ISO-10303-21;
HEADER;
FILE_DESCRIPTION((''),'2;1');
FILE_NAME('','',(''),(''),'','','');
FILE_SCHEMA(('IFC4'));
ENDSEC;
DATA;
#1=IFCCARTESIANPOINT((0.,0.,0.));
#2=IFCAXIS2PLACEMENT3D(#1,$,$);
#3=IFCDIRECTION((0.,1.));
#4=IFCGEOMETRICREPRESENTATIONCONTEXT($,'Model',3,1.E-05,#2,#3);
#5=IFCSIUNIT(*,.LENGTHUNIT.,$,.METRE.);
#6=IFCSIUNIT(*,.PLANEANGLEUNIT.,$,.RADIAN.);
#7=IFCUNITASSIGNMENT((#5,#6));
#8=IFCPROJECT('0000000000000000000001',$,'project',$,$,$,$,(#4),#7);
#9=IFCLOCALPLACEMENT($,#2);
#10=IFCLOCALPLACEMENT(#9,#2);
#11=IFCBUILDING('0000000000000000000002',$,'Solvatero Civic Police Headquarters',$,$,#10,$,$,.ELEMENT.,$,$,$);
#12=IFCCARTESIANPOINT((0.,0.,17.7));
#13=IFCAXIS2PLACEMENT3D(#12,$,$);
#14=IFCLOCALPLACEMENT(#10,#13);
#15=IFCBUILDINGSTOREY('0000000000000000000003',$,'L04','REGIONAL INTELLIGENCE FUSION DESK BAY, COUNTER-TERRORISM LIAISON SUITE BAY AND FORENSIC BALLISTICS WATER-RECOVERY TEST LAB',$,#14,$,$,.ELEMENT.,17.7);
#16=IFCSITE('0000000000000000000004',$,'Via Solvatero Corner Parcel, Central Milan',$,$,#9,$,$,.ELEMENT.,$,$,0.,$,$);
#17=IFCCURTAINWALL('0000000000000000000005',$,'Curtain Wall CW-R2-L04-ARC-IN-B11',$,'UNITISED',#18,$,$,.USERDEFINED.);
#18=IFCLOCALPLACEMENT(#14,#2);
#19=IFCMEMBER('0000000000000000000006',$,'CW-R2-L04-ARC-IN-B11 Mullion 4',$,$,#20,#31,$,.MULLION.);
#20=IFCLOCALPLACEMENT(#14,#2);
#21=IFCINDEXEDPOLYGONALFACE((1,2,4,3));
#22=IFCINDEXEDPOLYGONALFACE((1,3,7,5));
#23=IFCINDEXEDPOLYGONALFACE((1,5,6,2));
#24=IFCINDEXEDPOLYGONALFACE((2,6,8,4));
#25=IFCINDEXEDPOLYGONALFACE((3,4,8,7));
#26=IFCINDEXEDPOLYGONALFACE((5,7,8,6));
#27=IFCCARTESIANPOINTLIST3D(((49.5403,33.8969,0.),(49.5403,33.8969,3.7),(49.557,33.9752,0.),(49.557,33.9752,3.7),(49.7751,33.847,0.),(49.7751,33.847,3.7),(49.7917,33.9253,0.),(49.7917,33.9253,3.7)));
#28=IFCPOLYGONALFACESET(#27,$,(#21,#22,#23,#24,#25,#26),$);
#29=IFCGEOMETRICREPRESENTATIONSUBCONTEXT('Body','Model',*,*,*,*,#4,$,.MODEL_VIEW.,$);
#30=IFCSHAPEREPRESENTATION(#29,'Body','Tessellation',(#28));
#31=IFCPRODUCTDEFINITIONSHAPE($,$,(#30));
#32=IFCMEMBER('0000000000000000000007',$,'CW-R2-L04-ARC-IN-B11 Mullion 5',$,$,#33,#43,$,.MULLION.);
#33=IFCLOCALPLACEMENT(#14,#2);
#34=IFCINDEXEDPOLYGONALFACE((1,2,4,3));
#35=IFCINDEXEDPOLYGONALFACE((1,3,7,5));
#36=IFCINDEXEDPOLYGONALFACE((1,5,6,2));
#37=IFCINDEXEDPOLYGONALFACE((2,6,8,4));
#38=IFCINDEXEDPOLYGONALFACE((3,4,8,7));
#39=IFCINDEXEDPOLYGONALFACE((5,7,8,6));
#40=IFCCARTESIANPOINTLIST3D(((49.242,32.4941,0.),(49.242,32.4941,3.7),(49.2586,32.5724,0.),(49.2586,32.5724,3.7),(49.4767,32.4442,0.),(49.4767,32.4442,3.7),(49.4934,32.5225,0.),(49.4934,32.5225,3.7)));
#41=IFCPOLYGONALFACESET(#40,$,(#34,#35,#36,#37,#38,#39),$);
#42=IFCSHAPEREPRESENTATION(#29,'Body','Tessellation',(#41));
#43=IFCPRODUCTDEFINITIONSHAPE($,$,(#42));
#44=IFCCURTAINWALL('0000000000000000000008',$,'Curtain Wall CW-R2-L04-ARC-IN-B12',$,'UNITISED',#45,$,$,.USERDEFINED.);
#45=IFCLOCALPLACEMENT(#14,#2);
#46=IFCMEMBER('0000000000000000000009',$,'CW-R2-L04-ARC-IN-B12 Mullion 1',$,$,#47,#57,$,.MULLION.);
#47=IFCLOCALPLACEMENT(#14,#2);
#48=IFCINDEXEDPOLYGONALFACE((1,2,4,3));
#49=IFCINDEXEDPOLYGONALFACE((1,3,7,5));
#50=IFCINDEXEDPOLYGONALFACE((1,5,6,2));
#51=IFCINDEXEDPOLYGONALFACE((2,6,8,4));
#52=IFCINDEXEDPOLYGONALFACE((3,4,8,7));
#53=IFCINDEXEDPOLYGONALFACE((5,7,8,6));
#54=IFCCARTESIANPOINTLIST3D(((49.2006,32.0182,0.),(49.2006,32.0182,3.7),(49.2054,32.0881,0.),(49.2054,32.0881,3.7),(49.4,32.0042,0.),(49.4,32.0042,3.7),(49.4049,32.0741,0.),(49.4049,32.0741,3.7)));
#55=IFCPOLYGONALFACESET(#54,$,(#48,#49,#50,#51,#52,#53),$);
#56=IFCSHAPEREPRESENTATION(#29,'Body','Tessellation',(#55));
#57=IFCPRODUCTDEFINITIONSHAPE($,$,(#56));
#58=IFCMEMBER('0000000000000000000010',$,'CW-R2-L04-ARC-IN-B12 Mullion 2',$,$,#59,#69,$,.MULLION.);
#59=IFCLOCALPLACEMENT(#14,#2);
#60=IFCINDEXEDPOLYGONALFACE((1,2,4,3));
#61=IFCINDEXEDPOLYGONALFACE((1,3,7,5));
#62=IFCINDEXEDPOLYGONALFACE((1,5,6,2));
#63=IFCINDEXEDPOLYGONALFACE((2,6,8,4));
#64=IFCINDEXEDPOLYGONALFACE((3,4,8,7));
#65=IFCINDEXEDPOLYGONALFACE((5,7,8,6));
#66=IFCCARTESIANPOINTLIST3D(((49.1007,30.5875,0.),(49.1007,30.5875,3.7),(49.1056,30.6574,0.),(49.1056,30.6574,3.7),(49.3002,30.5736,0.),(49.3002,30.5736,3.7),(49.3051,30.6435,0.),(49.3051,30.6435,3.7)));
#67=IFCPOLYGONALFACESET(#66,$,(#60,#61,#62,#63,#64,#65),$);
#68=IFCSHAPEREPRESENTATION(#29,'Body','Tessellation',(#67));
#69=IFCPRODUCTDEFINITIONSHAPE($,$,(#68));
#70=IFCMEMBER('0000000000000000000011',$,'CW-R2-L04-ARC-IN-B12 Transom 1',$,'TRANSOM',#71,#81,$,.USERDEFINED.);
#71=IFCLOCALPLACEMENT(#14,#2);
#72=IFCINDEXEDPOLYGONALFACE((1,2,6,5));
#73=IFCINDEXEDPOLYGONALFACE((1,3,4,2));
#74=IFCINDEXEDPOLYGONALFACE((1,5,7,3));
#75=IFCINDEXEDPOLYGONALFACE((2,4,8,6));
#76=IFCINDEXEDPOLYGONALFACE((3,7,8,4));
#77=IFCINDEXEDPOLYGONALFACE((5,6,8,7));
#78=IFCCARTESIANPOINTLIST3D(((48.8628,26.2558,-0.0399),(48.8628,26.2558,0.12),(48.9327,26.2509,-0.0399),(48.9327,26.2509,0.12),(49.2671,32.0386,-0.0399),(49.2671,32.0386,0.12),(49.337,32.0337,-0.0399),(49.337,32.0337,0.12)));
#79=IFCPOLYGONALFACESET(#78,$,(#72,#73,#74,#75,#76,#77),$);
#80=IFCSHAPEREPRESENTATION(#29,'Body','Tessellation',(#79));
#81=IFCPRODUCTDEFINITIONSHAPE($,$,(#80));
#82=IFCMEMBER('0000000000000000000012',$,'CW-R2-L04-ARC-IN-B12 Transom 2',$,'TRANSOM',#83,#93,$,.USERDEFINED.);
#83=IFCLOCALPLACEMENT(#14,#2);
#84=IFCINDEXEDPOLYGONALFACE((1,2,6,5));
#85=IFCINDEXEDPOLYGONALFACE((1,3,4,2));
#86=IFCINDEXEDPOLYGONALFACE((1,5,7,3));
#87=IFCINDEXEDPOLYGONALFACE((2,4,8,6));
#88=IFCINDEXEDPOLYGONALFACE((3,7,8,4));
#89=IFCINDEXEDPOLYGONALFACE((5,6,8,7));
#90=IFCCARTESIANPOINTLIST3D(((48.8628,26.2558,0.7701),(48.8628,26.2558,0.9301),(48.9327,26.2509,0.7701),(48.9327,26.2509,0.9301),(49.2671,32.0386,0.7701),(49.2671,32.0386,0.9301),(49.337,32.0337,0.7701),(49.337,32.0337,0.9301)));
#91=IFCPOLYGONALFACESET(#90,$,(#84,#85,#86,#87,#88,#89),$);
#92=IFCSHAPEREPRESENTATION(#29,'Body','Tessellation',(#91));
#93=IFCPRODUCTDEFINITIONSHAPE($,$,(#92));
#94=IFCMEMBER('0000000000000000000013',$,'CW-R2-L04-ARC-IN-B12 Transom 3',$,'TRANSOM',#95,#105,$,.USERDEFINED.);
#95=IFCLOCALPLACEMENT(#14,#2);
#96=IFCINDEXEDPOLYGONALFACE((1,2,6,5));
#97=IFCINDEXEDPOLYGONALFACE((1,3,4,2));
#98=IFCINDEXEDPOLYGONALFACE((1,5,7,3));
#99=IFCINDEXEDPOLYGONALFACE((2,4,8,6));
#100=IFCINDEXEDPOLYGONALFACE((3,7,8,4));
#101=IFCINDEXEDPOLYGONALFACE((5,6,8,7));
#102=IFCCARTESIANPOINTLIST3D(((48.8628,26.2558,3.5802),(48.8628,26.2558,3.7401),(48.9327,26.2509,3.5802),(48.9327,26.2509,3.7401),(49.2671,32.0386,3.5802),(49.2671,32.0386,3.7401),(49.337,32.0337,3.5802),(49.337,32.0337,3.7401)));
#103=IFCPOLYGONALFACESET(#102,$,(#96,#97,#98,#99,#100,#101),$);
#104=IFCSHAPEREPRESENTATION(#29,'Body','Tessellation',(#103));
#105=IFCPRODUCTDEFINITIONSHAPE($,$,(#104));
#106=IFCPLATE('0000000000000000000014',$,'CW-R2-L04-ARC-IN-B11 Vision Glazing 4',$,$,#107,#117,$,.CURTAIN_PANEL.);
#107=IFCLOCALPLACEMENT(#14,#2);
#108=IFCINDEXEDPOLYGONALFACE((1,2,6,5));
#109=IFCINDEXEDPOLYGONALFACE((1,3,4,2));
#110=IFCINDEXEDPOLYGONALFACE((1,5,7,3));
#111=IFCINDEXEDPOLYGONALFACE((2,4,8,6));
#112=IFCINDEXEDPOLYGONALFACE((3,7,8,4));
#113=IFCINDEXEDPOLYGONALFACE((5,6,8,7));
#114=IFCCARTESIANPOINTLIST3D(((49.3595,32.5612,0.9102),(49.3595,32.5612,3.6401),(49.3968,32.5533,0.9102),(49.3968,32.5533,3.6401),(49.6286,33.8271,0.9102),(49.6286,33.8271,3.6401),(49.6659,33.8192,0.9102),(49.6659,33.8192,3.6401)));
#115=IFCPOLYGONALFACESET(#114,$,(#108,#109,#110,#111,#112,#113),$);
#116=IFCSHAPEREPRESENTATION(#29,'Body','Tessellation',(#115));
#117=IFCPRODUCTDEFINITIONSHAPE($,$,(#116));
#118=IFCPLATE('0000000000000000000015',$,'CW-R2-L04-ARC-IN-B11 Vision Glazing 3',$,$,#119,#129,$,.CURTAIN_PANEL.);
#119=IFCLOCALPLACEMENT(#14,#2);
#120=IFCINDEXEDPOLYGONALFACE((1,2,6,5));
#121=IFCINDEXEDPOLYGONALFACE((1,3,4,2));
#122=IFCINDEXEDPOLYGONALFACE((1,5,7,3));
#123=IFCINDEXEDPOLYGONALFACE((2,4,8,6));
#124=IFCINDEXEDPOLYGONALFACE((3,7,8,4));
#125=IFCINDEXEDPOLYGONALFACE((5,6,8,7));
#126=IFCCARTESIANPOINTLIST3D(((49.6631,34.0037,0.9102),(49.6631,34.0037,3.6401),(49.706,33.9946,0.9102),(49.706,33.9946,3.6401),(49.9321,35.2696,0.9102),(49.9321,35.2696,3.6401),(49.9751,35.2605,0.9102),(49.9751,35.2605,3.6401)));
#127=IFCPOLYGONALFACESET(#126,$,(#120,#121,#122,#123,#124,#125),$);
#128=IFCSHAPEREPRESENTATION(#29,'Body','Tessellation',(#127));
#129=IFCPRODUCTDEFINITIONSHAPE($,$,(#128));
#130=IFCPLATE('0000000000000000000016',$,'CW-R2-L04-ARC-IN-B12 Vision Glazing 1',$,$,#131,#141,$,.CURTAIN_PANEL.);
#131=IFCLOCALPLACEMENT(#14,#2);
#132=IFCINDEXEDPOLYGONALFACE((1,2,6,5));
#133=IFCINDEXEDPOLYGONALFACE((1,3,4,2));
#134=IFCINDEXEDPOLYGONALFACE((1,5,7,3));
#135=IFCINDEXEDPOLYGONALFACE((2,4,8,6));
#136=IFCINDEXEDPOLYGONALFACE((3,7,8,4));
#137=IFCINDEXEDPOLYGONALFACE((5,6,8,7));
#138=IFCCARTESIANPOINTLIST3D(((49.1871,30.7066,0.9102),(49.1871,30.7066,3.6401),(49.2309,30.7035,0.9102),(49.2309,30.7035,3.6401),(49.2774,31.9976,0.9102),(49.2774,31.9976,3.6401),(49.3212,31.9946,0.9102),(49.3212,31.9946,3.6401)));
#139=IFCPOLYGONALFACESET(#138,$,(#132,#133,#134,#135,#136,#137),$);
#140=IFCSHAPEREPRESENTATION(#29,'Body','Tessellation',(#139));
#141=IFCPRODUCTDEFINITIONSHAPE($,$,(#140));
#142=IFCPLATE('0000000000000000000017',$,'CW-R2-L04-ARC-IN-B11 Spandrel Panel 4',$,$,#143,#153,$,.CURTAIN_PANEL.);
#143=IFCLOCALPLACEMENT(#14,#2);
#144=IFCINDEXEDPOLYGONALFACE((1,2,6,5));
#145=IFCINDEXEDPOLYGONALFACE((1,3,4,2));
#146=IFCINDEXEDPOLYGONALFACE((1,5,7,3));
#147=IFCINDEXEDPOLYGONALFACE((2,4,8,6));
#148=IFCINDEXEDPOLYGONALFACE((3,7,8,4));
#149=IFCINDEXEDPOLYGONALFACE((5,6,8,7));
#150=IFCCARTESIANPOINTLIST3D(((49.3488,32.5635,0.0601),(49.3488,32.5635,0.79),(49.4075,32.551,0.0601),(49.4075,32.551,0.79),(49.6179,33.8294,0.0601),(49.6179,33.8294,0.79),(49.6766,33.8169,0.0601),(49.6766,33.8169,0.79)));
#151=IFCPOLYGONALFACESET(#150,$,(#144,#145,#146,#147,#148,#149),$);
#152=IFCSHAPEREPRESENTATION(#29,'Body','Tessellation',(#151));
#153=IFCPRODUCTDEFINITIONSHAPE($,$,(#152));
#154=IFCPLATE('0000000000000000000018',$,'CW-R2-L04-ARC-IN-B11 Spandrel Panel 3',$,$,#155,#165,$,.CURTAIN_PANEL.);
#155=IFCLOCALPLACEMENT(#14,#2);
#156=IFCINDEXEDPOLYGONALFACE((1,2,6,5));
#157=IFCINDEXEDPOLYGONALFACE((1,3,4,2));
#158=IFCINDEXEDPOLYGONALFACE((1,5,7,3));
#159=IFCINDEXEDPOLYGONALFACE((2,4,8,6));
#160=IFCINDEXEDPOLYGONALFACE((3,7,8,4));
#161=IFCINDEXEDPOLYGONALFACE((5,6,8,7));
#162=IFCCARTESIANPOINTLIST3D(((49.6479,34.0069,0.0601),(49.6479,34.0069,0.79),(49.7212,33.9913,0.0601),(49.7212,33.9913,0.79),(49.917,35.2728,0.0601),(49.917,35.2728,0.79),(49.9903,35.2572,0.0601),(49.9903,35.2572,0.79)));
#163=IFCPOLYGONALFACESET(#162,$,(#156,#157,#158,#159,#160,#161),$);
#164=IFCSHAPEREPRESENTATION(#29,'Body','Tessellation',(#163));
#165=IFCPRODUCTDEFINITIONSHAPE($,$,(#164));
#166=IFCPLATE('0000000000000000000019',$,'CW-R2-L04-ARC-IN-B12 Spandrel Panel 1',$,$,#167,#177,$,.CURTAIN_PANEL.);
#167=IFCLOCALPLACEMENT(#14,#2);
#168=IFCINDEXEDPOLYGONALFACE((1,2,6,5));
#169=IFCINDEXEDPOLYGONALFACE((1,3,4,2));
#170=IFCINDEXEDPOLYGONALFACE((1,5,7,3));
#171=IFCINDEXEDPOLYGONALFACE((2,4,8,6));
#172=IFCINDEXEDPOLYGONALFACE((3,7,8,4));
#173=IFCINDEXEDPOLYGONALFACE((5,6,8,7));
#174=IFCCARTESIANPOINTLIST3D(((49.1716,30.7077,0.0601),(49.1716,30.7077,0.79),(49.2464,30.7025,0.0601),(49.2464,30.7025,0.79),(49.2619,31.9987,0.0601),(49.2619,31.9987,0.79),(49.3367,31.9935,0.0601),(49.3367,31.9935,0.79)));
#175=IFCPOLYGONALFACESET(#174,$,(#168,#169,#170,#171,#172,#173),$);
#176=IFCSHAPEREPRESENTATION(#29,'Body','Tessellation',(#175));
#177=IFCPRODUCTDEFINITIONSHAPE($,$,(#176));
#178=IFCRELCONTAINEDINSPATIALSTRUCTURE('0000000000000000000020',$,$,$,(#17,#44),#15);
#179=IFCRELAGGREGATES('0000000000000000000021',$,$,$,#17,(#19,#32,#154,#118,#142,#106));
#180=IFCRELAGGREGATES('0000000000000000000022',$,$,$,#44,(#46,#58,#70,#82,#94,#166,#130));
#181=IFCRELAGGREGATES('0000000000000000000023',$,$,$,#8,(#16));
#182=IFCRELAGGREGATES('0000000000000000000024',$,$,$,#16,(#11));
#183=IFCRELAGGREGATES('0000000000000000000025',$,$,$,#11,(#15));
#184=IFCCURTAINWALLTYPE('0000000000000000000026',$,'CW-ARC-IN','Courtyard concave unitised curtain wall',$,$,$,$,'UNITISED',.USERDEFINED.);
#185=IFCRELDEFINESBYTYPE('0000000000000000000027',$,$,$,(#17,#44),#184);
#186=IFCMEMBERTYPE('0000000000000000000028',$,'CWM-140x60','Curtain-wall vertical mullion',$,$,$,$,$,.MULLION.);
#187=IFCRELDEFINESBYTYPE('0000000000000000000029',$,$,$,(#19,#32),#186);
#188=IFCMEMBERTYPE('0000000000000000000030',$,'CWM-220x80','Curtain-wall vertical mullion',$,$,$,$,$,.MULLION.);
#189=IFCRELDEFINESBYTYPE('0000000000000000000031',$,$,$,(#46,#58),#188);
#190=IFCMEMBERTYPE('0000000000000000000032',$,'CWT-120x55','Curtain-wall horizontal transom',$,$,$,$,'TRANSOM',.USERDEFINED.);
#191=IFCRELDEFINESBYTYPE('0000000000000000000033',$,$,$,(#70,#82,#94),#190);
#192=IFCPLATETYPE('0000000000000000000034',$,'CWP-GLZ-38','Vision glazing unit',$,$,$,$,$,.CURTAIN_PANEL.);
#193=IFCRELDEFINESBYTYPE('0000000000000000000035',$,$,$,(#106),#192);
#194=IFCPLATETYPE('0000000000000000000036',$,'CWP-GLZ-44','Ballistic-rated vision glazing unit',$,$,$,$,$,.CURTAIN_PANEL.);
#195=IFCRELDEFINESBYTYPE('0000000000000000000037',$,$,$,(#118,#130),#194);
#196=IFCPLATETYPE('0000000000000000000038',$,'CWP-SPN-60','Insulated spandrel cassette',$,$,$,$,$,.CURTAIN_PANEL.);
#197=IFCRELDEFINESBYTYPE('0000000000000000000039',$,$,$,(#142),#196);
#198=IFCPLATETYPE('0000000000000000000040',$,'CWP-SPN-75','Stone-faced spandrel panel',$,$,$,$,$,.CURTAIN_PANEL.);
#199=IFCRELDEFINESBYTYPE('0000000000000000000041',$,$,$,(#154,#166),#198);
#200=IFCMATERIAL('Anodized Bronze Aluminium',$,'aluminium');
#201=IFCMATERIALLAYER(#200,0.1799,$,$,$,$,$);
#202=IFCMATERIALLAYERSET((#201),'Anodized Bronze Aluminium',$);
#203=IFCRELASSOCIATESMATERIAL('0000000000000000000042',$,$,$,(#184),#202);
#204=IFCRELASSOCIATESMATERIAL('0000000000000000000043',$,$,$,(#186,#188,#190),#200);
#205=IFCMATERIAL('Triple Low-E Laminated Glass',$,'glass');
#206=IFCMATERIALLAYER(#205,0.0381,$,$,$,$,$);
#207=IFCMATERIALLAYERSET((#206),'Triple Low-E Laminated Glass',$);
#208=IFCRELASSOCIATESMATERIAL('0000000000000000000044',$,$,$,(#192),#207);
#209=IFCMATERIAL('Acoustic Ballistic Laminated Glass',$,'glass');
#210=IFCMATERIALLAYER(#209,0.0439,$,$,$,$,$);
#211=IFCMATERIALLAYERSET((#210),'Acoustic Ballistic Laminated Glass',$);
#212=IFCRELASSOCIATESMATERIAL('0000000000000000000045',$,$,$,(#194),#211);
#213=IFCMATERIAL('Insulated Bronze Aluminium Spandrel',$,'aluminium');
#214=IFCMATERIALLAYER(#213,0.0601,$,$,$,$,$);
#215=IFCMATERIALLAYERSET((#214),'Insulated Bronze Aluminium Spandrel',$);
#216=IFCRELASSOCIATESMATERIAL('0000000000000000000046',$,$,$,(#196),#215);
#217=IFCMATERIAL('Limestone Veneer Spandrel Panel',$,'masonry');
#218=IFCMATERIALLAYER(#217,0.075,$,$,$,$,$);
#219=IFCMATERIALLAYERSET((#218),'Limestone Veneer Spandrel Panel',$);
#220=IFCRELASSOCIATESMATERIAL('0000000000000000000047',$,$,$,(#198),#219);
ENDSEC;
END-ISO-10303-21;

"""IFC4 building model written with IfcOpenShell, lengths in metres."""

from ifc_helpers import new_model, si_unit, direction, frame, origin, origin_2d, place, context, subcontext, project, spatial, rectangle, extrude, material, layer, layer_set, material_profile, profile_set, type_object, element, aggregate, save


model = new_model("IFC4")

# Units and contexts
model_context = context("Model", 3, precision=1e-05, world=origin(), true_north=direction((0.0, 1.0)))
body_context = subcontext(model_context, "Body", "Model", "MODEL_VIEW")
ifc_project = project(units=[si_unit("LENGTHUNIT", "METRE"), si_unit("PLANEANGLEUNIT", "RADIAN")], contexts=[model_context])

# Site, building, storey
site_placement = place(None, origin())
site = spatial("IfcSite", under=ifc_project, at=site_placement, Name="Via Solvatero Corner Parcel, Central Milan", CompositionType="ELEMENT", RefElevation=0.0)
building_placement = place(site_placement, origin())
building = spatial("IfcBuilding", under=site, at=building_placement, Name="Solvatero Civic Police Headquarters", CompositionType="ELEMENT")
storey_placement = place(building_placement, frame((0.0, 0.0, 17.7)))
storey = spatial("IfcBuildingStorey", under=building, at=storey_placement, Name="L04", Description="REGIONAL INTELLIGENCE FUSION DESK BAY, COUNTER-TERRORISM LIAISON SUITE BAY AND FORENSIC BALLISTICS WATER-RECOVERY TEST LAB", CompositionType="ELEMENT", Elevation=17.7)

# Curtain walls, members
ifc_material_1 = material(Name="Anodized Bronze Aluminium", Category="aluminium")
ifc_layer_1 = layer(ifc_material_1, 0.1799)
ifc_layer_set_1 = layer_set([ifc_layer_1], Name="Anodized Bronze Aluminium")
curtain_wall_type = type_object("IfcCurtainWallType", Name="CW-ARC-IN", Description="Courtyard concave unitised curtain wall", ElementType="UNITISED", PredefinedType="USERDEFINED", material=ifc_layer_set_1)
curtain_wall_1_placement = place(storey_placement, origin())
curtain_wall_1 = element("IfcCurtainWall", 1, at=curtain_wall_1_placement, inside=storey, type_object=curtain_wall_type, Name="Curtain Wall CW-R2-L04-ARC-IN-B11", ObjectType="UNITISED", PredefinedType="USERDEFINED")
ifc_material_profile_1 = material_profile(ifc_material_1, rectangle(XDim=0.0801, YDim=0.24, at=origin_2d()), Name="ALU MULLION 80x240")
ifc_profile_set_1 = profile_set([ifc_material_profile_1], Name="Anodized Bronze Aluminium")
member_type_1 = type_object("IfcMemberType", Name="CWM-140x60", Description="Curtain-wall vertical mullion", PredefinedType="MULLION", material=ifc_profile_set_1)
member_1_placement = place(storey_placement, frame((49.666, 33.9111, 0.0), z_axis=(0.0, 0.0, 1.0), x_axis=(-0.207912, -0.978148, 0.0)))
member_1 = element("IfcMember", 2, at=member_1_placement, type_object=member_type_1, Name="CW-R2-L04-ARC-IN-B11 Mullion 4", PredefinedType="MULLION", context=body_context, shape_type="SweptSolid", body=[
    extrude(rectangle(XDim=0.0801, YDim=0.24, at=origin_2d()), origin(), (0.0, 0.0, 1.0), 3.7),
])
member_2_placement = place(storey_placement, frame((49.3677, 32.5083, 0.0), z_axis=(0.0, 0.0, 1.0), x_axis=(-0.207912, -0.978148, 0.0)))
member_2 = element("IfcMember", 3, at=member_2_placement, type_object=member_type_1, Name="CW-R2-L04-ARC-IN-B11 Mullion 5", PredefinedType="MULLION", context=body_context, shape_type="SweptSolid", body=[
    extrude(rectangle(XDim=0.0801, YDim=0.24, at=origin_2d()), origin(), (0.0, 0.0, 1.0), 3.7),
])
curtain_wall_2_placement = place(storey_placement, origin())
curtain_wall_2 = element("IfcCurtainWall", 4, at=curtain_wall_2_placement, inside=storey, type_object=curtain_wall_type, Name="Curtain Wall CW-R2-L04-ARC-IN-B12", ObjectType="UNITISED", PredefinedType="USERDEFINED")
ifc_material_profile_2 = material_profile(ifc_material_1, rectangle(XDim=0.0701, YDim=0.2, at=origin_2d()), Name="ALU MULLION 70x200")
ifc_profile_set_2 = profile_set([ifc_material_profile_2], Name="Anodized Bronze Aluminium")
member_type_2 = type_object("IfcMemberType", Name="CWM-220x80", Description="Curtain-wall vertical mullion", PredefinedType="MULLION", material=ifc_profile_set_2)
member_3_placement = place(storey_placement, frame((49.3027, 32.0461, 0.0), z_axis=(0.0, 0.0, 1.0), x_axis=(-0.069774, -0.997563, 0.0)))
member_3 = element("IfcMember", 5, at=member_3_placement, type_object=member_type_2, Name="CW-R2-L04-ARC-IN-B12 Mullion 1", PredefinedType="MULLION", context=body_context, shape_type="SweptSolid", body=[
    extrude(rectangle(XDim=0.0701, YDim=0.2, at=origin_2d()), origin(), (0.0, 0.0, 1.0), 3.7),
])
member_4_placement = place(storey_placement, frame((49.2029, 30.6155, 0.0), z_axis=(0.0, 0.0, 1.0), x_axis=(-0.069774, -0.997563, 0.0)))
member_4 = element("IfcMember", 6, at=member_4_placement, type_object=member_type_2, Name="CW-R2-L04-ARC-IN-B12 Mullion 2", PredefinedType="MULLION", context=body_context, shape_type="SweptSolid", body=[
    extrude(rectangle(XDim=0.0701, YDim=0.2, at=origin_2d()), origin(), (0.0, 0.0, 1.0), 3.7),
])
ifc_material_profile_3 = material_profile(ifc_material_1, rectangle(XDim=0.0701, YDim=0.1599, at=origin_2d()), Name="ALU TRANSOM 70x160")
ifc_profile_set_3 = profile_set([ifc_material_profile_3], Name="Anodized Bronze Aluminium")
member_type_3 = type_object("IfcMemberType", Name="CWT-120x55", Description="Curtain-wall horizontal transom", ElementType="TRANSOM", PredefinedType="USERDEFINED", material=ifc_profile_set_3)
member_5_placement = place(storey_placement, frame((49.302, 32.0361, 0.04), z_axis=(-0.069744, -0.997565, 0.0), x_axis=(0.997565, -0.069744, 0.0)))
member_5 = element("IfcMember", 7, at=member_5_placement, type_object=member_type_3, Name="CW-R2-L04-ARC-IN-B12 Transom 1", ObjectType="TRANSOM", PredefinedType="USERDEFINED", context=body_context, shape_type="SweptSolid", body=[
    extrude(rectangle(XDim=0.0701, YDim=0.1599, at=origin_2d()), origin(), (0.0, 0.0, 1.0), 5.7969),
])
member_6_placement = place(storey_placement, frame((49.302, 32.0361, 0.8501), z_axis=(-0.069744, -0.997565, 0.0), x_axis=(0.997565, -0.069744, 0.0)))
member_6 = element("IfcMember", 8, at=member_6_placement, type_object=member_type_3, Name="CW-R2-L04-ARC-IN-B12 Transom 2", ObjectType="TRANSOM", PredefinedType="USERDEFINED", context=body_context, shape_type="SweptSolid", body=[
    extrude(rectangle(XDim=0.0701, YDim=0.1599, at=origin_2d()), origin(), (0.0, 0.0, 1.0), 5.7969),
])
member_7_placement = place(storey_placement, frame((49.302, 32.0361, 3.6602), z_axis=(-0.069744, -0.997565, 0.0), x_axis=(0.997565, -0.069744, 0.0)))
member_7 = element("IfcMember", 9, at=member_7_placement, type_object=member_type_3, Name="CW-R2-L04-ARC-IN-B12 Transom 3", ObjectType="TRANSOM", PredefinedType="USERDEFINED", context=body_context, shape_type="SweptSolid", body=[
    extrude(rectangle(XDim=0.0701, YDim=0.1599, at=origin_2d()), origin(), (0.0, 0.0, 1.0), 5.7969),
])

# Plates
ifc_material_2 = material(Name="Triple Low-E Laminated Glass", Category="glass")
ifc_layer_2 = layer(ifc_material_2, 0.0381)
ifc_layer_set_2 = layer_set([ifc_layer_2], Name="Triple Low-E Laminated Glass")
plate_type_1 = type_object("IfcPlateType", Name="CWP-GLZ-38", Description="Vision glazing unit", PredefinedType="CURTAIN_PANEL", material=ifc_layer_set_2)
plate_1_placement = place(storey_placement, frame((49.5127, 33.1902, 0.9102), z_axis=(0.0, 0.0, 1.0), x_axis=(-0.207912, -0.978148, 0.0)))
plate_1 = element("IfcPlate", 10, at=plate_1_placement, type_object=plate_type_1, Name="CW-R2-L04-ARC-IN-B11 Vision Glazing 4", PredefinedType="CURTAIN_PANEL", context=body_context, shape_type="SweptSolid", body=[
    extrude(rectangle(XDim=1.2942, YDim=0.0381, at=origin_2d()), origin(), (0.0, 0.0, 1.0), 2.73),
])
ifc_material_3 = material(Name="Acoustic Ballistic Laminated Glass", Category="glass")
ifc_layer_3 = layer(ifc_material_3, 0.0439)
ifc_layer_set_3 = layer_set([ifc_layer_3], Name="Acoustic Ballistic Laminated Glass")
plate_type_2 = type_object("IfcPlateType", Name="CWP-GLZ-44", Description="Ballistic-rated vision glazing unit", PredefinedType="CURTAIN_PANEL", material=ifc_layer_set_3)
plate_2_placement = place(storey_placement, frame((49.8191, 34.6321, 0.9102), z_axis=(0.0, 0.0, 1.0), x_axis=(-0.207912, -0.978148, 0.0)))
plate_2 = element("IfcPlate", 11, at=plate_2_placement, type_object=plate_type_2, Name="CW-R2-L04-ARC-IN-B11 Vision Glazing 3", PredefinedType="CURTAIN_PANEL", context=body_context, shape_type="SweptSolid", body=[
    extrude(rectangle(XDim=1.2942, YDim=0.0439, at=origin_2d()), origin(), (0.0, 0.0, 1.0), 2.73),
])
plate_3_placement = place(storey_placement, frame((49.2542, 31.3506, 0.9102), z_axis=(0.0, 0.0, 1.0), x_axis=(-0.069774, -0.997563, 0.0)))
plate_3 = element("IfcPlate", 12, at=plate_3_placement, type_object=plate_type_2, Name="CW-R2-L04-ARC-IN-B12 Vision Glazing 1", PredefinedType="CURTAIN_PANEL", context=body_context, shape_type="SweptSolid", body=[
    extrude(rectangle(XDim=1.2942, YDim=0.0439, at=origin_2d()), origin(), (0.0, 0.0, 1.0), 2.73),
])
ifc_material_4 = material(Name="Insulated Bronze Aluminium Spandrel", Category="aluminium")
ifc_layer_4 = layer(ifc_material_4, 0.0601)
ifc_layer_set_4 = layer_set([ifc_layer_4], Name="Insulated Bronze Aluminium Spandrel")
plate_type_3 = type_object("IfcPlateType", Name="CWP-SPN-60", Description="Insulated spandrel cassette", PredefinedType="CURTAIN_PANEL", material=ifc_layer_set_4)
plate_4_placement = place(storey_placement, frame((49.5127, 33.1902, 0.0601), z_axis=(0.0, 0.0, 1.0), x_axis=(-0.207912, -0.978148, 0.0)))
plate_4 = element("IfcPlate", 13, at=plate_4_placement, type_object=plate_type_3, Name="CW-R2-L04-ARC-IN-B11 Spandrel Panel 4", PredefinedType="CURTAIN_PANEL", context=body_context, shape_type="SweptSolid", body=[
    extrude(rectangle(XDim=1.2942, YDim=0.0601, at=origin_2d()), origin(), (0.0, 0.0, 1.0), 0.73),
])
ifc_material_5 = material(Name="Limestone Veneer Spandrel Panel", Category="masonry")
ifc_layer_5 = layer(ifc_material_5, 0.075)
ifc_layer_set_5 = layer_set([ifc_layer_5], Name="Limestone Veneer Spandrel Panel")
plate_type_4 = type_object("IfcPlateType", Name="CWP-SPN-75", Description="Stone-faced spandrel panel", PredefinedType="CURTAIN_PANEL", material=ifc_layer_set_5)
plate_5_placement = place(storey_placement, frame((49.8191, 34.6321, 0.0601), z_axis=(0.0, 0.0, 1.0), x_axis=(-0.207912, -0.978148, 0.0)))
plate_5 = element("IfcPlate", 14, at=plate_5_placement, type_object=plate_type_4, Name="CW-R2-L04-ARC-IN-B11 Spandrel Panel 3", PredefinedType="CURTAIN_PANEL", context=body_context, shape_type="SweptSolid", body=[
    extrude(rectangle(XDim=1.2942, YDim=0.075, at=origin_2d()), origin(), (0.0, 0.0, 1.0), 0.73),
])
aggregate(curtain_wall_1, [member_1, member_2, plate_5, plate_2, plate_4, plate_1])
plate_6_placement = place(storey_placement, frame((49.2542, 31.3506, 0.0601), z_axis=(0.0, 0.0, 1.0), x_axis=(-0.069774, -0.997563, 0.0)))
plate_6 = element("IfcPlate", 15, at=plate_6_placement, type_object=plate_type_4, Name="CW-R2-L04-ARC-IN-B12 Spandrel Panel 1", PredefinedType="CURTAIN_PANEL", context=body_context, shape_type="SweptSolid", body=[
    extrude(rectangle(XDim=1.2942, YDim=0.075, at=origin_2d()), origin(), (0.0, 0.0, 1.0), 0.73),
])
aggregate(curtain_wall_2, [member_3, member_4, member_5, member_6, member_7, plate_6, plate_3])

save(model, "model.ifc")
